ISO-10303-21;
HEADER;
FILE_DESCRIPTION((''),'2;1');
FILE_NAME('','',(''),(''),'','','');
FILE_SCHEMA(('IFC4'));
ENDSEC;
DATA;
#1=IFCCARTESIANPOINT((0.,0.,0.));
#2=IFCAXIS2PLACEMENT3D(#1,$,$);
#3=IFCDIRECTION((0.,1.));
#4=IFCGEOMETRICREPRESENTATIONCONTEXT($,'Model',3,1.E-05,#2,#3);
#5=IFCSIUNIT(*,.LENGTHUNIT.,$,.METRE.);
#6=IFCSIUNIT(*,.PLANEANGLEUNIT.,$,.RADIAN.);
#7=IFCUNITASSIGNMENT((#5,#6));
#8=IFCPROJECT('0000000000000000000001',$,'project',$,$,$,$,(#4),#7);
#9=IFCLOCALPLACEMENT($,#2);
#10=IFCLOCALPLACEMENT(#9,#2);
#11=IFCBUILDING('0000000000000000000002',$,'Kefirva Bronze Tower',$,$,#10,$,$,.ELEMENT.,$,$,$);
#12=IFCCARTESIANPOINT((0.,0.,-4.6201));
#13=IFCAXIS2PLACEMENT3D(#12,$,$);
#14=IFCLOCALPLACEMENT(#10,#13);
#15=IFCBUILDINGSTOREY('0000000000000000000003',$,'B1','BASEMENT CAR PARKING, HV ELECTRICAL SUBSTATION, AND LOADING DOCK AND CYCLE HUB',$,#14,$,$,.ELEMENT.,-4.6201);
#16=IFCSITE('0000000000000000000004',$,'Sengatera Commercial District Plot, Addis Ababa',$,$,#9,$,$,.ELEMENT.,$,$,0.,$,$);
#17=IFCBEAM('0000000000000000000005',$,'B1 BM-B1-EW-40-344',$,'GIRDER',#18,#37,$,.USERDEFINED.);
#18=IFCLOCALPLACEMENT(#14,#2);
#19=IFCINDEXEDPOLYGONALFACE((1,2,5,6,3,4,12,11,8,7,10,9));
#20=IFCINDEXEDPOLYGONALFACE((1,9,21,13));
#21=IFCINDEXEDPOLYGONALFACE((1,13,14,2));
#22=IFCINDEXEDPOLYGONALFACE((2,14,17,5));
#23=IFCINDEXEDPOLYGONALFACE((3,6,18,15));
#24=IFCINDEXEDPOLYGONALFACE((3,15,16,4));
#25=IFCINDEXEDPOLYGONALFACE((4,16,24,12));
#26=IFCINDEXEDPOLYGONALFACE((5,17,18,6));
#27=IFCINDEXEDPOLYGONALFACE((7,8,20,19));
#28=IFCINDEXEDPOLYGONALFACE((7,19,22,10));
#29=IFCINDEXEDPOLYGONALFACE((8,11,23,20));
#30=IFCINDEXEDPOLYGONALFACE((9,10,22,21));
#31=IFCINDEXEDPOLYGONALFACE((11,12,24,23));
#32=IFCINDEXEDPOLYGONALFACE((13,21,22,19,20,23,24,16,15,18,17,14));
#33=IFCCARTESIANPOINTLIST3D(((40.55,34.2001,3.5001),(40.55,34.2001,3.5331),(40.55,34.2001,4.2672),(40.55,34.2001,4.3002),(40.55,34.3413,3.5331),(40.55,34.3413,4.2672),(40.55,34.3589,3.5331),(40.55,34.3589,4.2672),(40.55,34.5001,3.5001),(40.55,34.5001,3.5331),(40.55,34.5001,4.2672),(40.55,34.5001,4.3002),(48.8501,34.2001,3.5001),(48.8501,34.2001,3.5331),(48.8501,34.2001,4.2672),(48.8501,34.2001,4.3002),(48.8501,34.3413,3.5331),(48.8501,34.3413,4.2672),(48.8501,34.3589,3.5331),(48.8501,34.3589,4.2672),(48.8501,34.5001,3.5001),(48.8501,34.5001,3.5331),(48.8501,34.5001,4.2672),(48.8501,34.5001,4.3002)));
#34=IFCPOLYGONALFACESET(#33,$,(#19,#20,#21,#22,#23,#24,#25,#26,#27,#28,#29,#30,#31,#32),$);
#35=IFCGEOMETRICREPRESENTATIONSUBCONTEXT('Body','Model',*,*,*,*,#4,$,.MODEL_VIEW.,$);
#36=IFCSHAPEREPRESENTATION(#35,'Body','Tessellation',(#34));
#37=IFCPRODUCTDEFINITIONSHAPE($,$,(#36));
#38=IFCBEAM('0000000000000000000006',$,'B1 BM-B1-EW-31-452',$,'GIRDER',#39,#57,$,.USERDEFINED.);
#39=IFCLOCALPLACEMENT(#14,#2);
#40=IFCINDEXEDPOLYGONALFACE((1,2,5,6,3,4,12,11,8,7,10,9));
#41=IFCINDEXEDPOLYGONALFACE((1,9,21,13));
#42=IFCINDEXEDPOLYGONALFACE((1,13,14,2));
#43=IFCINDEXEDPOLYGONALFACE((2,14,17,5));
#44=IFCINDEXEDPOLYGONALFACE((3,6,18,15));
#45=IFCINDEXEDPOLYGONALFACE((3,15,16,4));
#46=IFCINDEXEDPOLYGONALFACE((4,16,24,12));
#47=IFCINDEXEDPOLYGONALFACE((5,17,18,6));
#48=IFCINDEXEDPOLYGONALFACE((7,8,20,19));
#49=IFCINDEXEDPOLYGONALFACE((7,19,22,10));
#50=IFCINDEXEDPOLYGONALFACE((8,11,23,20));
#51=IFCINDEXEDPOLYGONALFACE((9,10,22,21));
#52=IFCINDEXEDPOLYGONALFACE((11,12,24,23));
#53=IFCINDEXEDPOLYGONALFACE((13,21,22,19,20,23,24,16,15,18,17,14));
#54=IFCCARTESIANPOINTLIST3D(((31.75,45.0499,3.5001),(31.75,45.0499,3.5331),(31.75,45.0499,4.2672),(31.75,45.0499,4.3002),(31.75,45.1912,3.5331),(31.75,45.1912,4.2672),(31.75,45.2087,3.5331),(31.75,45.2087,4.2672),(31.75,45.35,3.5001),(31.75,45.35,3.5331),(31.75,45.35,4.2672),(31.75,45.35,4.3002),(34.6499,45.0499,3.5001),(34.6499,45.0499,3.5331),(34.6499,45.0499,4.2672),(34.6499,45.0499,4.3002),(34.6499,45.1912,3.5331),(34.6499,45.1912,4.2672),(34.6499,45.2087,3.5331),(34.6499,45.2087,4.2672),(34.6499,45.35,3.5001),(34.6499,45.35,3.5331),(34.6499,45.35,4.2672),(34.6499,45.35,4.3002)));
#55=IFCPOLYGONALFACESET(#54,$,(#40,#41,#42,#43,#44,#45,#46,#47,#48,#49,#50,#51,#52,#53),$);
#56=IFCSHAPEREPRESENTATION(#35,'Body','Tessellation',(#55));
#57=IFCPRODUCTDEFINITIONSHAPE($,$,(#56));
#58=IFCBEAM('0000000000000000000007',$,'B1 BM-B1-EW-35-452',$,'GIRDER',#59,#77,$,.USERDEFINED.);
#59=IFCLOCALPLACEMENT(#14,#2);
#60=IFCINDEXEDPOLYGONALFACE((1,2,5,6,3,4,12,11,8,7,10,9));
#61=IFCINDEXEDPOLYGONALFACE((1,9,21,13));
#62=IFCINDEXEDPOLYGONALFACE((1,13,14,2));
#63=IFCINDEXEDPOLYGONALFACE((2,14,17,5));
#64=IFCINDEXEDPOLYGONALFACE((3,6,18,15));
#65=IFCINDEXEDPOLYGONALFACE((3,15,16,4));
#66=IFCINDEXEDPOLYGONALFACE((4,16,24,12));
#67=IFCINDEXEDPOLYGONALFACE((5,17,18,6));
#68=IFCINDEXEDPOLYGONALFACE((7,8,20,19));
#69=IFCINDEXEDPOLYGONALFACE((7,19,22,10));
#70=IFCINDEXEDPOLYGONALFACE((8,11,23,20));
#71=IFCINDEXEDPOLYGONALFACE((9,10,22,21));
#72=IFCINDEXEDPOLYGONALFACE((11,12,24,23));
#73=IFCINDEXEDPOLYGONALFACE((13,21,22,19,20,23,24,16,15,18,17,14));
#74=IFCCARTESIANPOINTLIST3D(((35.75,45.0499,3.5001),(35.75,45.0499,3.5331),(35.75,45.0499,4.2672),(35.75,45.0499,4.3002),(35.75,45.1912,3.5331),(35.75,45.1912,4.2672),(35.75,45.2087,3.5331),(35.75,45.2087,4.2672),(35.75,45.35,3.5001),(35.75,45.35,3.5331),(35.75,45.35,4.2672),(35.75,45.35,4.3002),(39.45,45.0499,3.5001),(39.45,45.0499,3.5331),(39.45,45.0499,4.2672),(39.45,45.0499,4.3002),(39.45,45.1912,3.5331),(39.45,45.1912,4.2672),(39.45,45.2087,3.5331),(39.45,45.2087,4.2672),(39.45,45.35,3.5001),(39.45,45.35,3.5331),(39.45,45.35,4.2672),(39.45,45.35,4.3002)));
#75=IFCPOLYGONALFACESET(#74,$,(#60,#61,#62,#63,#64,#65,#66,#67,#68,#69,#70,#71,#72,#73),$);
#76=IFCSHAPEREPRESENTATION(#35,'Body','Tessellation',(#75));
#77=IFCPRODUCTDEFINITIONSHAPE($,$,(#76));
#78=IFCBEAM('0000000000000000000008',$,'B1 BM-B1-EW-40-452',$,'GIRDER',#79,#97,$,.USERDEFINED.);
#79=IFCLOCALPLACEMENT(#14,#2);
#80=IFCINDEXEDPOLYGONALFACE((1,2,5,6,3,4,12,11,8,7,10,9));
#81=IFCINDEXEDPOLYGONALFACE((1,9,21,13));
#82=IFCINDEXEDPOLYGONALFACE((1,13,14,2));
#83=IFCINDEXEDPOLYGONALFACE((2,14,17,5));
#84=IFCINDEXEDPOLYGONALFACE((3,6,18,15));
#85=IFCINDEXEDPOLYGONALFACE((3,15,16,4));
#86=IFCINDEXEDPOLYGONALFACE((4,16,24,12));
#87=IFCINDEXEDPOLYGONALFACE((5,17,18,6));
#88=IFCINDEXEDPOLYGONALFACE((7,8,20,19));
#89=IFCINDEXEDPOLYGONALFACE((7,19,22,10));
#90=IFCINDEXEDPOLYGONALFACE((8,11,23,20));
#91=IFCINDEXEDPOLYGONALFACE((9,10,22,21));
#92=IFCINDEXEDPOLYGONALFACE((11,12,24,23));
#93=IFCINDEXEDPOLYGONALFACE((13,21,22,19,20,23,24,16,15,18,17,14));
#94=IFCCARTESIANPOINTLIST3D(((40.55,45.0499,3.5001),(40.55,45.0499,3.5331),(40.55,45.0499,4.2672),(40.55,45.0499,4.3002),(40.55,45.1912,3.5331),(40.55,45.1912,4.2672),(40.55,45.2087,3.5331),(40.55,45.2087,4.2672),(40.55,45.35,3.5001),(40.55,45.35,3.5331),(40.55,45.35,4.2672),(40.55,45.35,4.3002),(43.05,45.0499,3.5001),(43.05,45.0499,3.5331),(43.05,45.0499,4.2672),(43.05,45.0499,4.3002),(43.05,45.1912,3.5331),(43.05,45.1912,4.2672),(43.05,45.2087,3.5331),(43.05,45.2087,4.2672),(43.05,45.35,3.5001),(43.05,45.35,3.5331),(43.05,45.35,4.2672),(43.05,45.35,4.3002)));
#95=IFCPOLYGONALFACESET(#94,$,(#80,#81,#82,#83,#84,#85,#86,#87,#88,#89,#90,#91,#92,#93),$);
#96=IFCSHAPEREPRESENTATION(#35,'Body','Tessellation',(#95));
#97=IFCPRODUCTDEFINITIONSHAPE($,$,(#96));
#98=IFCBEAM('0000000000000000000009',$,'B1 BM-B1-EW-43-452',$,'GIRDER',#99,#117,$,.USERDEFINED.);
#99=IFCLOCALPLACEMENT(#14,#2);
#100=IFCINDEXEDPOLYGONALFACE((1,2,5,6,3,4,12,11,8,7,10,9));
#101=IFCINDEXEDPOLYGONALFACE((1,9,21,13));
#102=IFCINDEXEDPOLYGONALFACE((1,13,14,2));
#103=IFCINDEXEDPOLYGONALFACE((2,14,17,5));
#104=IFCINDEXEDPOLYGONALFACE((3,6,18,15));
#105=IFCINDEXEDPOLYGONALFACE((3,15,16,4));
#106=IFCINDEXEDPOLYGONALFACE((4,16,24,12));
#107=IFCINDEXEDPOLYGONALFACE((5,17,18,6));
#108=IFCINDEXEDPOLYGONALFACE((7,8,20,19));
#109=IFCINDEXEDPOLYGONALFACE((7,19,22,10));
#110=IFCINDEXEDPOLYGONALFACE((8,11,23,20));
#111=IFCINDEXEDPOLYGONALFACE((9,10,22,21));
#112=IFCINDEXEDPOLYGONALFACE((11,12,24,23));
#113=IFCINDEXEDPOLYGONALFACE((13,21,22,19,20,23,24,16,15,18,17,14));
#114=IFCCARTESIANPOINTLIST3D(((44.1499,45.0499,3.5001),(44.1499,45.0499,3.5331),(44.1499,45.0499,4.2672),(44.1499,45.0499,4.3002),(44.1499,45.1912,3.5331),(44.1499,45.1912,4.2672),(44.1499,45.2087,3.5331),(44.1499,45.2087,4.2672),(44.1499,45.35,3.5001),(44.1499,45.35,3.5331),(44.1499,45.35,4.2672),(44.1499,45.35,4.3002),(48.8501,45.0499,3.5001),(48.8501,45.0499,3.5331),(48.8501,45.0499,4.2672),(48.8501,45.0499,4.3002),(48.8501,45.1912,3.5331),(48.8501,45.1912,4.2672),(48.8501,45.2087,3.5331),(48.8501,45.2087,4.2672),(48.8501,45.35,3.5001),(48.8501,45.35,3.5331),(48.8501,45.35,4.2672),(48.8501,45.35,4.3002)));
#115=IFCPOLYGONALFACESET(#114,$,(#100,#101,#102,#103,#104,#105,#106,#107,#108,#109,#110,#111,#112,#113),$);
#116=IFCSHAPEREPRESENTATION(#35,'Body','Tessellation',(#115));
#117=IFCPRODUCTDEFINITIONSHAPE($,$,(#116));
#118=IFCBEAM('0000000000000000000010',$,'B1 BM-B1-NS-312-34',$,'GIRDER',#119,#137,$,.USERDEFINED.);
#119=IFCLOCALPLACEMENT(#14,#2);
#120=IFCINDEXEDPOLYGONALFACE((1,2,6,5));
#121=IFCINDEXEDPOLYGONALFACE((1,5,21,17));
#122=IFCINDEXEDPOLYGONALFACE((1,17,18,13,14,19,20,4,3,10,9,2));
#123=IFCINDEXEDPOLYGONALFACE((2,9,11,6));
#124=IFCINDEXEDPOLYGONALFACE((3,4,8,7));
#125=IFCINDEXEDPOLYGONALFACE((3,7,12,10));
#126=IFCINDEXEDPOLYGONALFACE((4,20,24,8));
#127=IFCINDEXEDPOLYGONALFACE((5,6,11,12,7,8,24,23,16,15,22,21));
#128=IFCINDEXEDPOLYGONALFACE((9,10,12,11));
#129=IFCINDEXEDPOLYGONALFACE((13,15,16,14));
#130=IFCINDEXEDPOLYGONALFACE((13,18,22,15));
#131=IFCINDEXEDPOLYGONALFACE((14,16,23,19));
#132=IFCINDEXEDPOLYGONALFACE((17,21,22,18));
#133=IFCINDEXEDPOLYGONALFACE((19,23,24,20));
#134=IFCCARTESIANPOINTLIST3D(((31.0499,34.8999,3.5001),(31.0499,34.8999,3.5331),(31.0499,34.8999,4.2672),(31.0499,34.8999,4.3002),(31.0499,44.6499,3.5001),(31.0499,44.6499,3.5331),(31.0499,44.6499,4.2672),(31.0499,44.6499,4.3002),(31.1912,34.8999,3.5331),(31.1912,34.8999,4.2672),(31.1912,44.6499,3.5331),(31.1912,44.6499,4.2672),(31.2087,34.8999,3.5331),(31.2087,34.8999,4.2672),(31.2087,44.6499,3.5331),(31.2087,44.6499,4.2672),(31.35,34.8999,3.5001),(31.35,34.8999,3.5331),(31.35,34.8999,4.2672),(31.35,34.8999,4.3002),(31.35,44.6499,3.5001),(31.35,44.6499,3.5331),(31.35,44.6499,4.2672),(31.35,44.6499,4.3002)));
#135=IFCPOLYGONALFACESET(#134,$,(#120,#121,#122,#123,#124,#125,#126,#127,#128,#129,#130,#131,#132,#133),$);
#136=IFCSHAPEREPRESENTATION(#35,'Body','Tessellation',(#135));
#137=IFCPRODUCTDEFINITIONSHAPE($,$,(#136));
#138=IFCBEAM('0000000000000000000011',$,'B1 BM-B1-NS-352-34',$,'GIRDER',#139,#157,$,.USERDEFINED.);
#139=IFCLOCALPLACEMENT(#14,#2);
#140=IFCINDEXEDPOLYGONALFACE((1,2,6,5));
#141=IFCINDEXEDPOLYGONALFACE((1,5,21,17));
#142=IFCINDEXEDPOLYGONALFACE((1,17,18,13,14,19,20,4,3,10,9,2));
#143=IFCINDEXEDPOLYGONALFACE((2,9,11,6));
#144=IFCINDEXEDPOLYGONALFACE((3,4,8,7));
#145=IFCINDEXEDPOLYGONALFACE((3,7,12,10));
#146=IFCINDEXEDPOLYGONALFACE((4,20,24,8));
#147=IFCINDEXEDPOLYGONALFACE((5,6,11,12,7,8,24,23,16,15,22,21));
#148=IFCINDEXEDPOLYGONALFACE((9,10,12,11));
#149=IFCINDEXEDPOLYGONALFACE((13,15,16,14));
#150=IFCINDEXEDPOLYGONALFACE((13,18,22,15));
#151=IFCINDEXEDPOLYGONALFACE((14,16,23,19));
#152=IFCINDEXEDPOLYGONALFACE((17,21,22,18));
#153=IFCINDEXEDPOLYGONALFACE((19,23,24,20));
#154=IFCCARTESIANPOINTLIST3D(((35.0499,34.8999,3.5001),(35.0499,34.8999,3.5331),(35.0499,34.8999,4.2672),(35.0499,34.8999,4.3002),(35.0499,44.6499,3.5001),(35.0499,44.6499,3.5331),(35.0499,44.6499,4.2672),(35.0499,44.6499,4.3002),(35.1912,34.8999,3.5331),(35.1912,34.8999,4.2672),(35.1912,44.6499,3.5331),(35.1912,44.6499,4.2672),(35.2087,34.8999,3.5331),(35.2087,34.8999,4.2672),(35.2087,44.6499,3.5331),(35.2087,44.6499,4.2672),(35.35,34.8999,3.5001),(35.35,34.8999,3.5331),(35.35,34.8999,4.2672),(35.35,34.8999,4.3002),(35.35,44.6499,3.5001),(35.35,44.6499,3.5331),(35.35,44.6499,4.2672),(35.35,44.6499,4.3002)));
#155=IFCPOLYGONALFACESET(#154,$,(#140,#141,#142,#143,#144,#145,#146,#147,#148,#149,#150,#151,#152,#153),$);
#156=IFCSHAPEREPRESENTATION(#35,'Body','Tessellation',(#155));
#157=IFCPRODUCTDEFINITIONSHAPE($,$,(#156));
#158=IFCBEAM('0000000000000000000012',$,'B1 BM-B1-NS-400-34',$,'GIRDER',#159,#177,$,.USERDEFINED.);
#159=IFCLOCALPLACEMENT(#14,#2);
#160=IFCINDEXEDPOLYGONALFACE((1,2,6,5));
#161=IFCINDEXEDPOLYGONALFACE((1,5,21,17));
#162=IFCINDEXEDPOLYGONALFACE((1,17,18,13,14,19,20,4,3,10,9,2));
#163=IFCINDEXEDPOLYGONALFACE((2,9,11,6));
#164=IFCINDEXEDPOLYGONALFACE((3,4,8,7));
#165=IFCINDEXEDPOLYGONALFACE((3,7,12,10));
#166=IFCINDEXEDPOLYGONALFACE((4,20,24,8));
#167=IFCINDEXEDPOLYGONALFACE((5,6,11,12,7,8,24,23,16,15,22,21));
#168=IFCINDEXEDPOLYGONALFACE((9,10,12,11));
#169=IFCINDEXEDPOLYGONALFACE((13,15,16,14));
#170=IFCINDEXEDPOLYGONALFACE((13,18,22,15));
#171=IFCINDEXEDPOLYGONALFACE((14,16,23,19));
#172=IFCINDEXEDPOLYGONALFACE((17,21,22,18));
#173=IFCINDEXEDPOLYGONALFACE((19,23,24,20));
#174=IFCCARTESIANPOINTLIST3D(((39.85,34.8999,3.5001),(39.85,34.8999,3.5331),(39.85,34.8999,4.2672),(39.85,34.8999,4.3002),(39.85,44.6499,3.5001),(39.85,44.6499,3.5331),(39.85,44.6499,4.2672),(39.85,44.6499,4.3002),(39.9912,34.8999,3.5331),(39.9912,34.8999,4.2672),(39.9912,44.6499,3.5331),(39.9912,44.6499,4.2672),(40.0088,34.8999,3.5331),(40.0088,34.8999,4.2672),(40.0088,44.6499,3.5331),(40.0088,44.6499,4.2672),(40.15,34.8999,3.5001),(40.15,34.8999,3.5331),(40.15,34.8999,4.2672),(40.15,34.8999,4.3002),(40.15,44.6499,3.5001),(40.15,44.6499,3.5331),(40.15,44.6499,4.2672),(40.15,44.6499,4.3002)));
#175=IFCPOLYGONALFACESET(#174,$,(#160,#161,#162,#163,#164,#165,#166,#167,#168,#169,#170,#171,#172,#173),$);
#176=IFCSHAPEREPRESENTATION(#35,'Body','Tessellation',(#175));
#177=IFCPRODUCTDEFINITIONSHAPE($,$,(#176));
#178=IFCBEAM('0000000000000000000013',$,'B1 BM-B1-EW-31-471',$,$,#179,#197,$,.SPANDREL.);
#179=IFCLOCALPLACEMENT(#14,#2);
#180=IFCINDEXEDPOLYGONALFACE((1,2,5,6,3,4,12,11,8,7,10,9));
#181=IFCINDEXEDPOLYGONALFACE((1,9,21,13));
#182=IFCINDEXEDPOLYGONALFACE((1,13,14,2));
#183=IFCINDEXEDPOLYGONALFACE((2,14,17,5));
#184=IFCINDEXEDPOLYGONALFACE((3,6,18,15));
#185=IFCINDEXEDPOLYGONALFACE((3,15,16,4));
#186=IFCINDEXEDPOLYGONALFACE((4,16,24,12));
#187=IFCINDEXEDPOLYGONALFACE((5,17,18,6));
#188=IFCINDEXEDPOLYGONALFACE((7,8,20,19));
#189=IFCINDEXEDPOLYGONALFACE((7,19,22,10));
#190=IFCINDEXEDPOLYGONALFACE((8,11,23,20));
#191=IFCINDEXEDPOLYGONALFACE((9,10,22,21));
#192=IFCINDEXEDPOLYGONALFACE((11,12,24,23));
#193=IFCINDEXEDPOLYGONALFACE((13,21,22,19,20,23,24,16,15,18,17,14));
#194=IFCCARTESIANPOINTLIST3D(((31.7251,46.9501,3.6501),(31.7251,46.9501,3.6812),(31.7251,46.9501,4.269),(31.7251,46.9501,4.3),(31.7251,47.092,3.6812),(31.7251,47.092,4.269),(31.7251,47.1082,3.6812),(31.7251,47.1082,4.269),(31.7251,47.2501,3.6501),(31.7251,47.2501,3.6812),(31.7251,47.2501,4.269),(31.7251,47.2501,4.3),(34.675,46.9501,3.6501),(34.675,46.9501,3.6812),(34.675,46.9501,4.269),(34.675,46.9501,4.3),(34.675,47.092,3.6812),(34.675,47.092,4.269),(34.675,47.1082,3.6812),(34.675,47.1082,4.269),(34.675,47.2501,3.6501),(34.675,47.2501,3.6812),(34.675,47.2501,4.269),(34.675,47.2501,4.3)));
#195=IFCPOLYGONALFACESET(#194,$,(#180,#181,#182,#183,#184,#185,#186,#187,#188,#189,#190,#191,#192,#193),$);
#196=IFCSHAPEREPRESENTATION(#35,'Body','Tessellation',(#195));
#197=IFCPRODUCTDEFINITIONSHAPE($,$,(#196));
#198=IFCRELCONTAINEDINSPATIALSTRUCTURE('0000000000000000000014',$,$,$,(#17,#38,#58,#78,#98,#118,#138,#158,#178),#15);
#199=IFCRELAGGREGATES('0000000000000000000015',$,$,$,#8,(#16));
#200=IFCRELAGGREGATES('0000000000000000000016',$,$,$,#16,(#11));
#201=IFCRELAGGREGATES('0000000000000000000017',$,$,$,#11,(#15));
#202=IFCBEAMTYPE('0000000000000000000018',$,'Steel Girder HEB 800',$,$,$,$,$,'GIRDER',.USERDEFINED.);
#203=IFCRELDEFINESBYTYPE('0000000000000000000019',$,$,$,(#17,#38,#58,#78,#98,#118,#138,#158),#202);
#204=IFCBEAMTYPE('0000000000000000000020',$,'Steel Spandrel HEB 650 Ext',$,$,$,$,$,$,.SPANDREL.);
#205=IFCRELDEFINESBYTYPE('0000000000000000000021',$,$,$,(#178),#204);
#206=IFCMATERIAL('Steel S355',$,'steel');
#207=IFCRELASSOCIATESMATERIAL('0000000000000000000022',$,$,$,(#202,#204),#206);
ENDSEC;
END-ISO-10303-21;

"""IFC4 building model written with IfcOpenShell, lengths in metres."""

from ifc_helpers import new_model, si_unit, direction, frame, origin, origin_2d, place, context, subcontext, project, spatial, i_section, extrude, material, material_profile, profile_set, type_object, element, save


model = new_model("IFC4")

# Units and contexts
model_context = context("Model", 3, precision=1e-05, world=origin(), true_north=direction((0.0, 1.0)))
body_context = subcontext(model_context, "Body", "Model", "MODEL_VIEW")
ifc_project = project(units=[si_unit("LENGTHUNIT", "METRE"), si_unit("PLANEANGLEUNIT", "RADIAN")], contexts=[model_context])

# Site, building, storey
site_placement = place(None, origin())
site = spatial("IfcSite", under=ifc_project, at=site_placement, Name="Sengatera Commercial District Plot, Addis Ababa", CompositionType="ELEMENT", RefElevation=0.0)
building_placement = place(site_placement, origin())
building = spatial("IfcBuilding", under=site, at=building_placement, Name="Kefirva Bronze Tower", CompositionType="ELEMENT")
storey_placement = place(building_placement, frame((0.0, 0.0, -4.6201)))
storey = spatial("IfcBuildingStorey", under=building, at=storey_placement, Name="B1", Description="BASEMENT CAR PARKING, HV ELECTRICAL SUBSTATION, AND LOADING DOCK AND CYCLE HUB", CompositionType="ELEMENT", Elevation=-4.6201)

# Beams
ifc_material_1 = material(Name="Steel S355", Category="steel")
ifc_material_profile_1 = material_profile(ifc_material_1, i_section(OverallWidth=0.3, OverallDepth=0.8, WebThickness=0.0176, FlangeThickness=0.033, at=origin_2d()), Name="HEB 800")
ifc_profile_set_1 = profile_set([ifc_material_profile_1], Name="Steel S355")
beam_type_1 = type_object("IfcBeamType", Name="Steel Girder HEB 800", ElementType="GIRDER", PredefinedType="USERDEFINED", material=ifc_profile_set_1)
beam_1_placement = place(storey_placement, frame((40.55, 34.3501, 3.9001), z_axis=(1.0, 0.0, 0.0), x_axis=(0.0, 1.0, 0.0)))
element("IfcBeam", 1, at=beam_1_placement, inside=storey, type_object=beam_type_1, Name="B1 BM-B1-EW-40-344", ObjectType="GIRDER", PredefinedType="USERDEFINED", context=body_context, shape_type="SweptSolid", body=[
    extrude(i_section(OverallWidth=0.3, OverallDepth=0.8, WebThickness=0.0176, FlangeThickness=0.033, at=origin_2d()), origin(), (0.0, 0.0, 1.0), 8.3),
])
beam_2_placement = place(storey_placement, frame((31.75, 45.2, 3.9001), z_axis=(1.0, 0.0, 0.0), x_axis=(0.0, 1.0, 0.0)))
element("IfcBeam", 2, at=beam_2_placement, inside=storey, type_object=beam_type_1, Name="B1 BM-B1-EW-31-452", ObjectType="GIRDER", PredefinedType="USERDEFINED", context=body_context, shape_type="SweptSolid", body=[
    extrude(i_section(OverallWidth=0.3, OverallDepth=0.8, WebThickness=0.0176, FlangeThickness=0.033, at=origin_2d()), origin(), (0.0, 0.0, 1.0), 2.8999),
])
beam_3_placement = place(storey_placement, frame((35.75, 45.2, 3.9001), z_axis=(1.0, 0.0, 0.0), x_axis=(0.0, 1.0, 0.0)))
element("IfcBeam", 3, at=beam_3_placement, inside=storey, type_object=beam_type_1, Name="B1 BM-B1-EW-35-452", ObjectType="GIRDER", PredefinedType="USERDEFINED", context=body_context, shape_type="SweptSolid", body=[
    extrude(i_section(OverallWidth=0.3, OverallDepth=0.8, WebThickness=0.0176, FlangeThickness=0.033, at=origin_2d()), origin(), (0.0, 0.0, 1.0), 3.7),
])
beam_4_placement = place(storey_placement, frame((40.55, 45.2, 3.9001), z_axis=(1.0, 0.0, 0.0), x_axis=(0.0, 1.0, 0.0)))
element("IfcBeam", 4, at=beam_4_placement, inside=storey, type_object=beam_type_1, Name="B1 BM-B1-EW-40-452", ObjectType="GIRDER", PredefinedType="USERDEFINED", context=body_context, shape_type="SweptSolid", body=[
    extrude(i_section(OverallWidth=0.3, OverallDepth=0.8, WebThickness=0.0176, FlangeThickness=0.033, at=origin_2d()), origin(), (0.0, 0.0, 1.0), 2.5),
])
beam_5_placement = place(storey_placement, frame((44.1499, 45.2, 3.9001), z_axis=(1.0, 0.0, 0.0), x_axis=(0.0, 1.0, 0.0)))
element("IfcBeam", 5, at=beam_5_placement, inside=storey, type_object=beam_type_1, Name="B1 BM-B1-EW-43-452", ObjectType="GIRDER", PredefinedType="USERDEFINED", context=body_context, shape_type="SweptSolid", body=[
    extrude(i_section(OverallWidth=0.3, OverallDepth=0.8, WebThickness=0.0176, FlangeThickness=0.033, at=origin_2d()), origin(), (0.0, 0.0, 1.0), 4.7002),
])
for number, where, z_axis, x_axis, name in (
    (6, (31.2, 34.8999, 3.9001), (0.0, 1.0, 0.0), (-1.0, 0.0, 0.0), "B1 BM-B1-NS-312-34"),
    (7, (35.2, 34.8999, 3.9001), (0.0, 1.0, 0.0), (-1.0, 0.0, 0.0), "B1 BM-B1-NS-352-34"),
    (8, (40.0, 34.8999, 3.9001), (0.0, 1.0, 0.0), (-1.0, 0.0, 0.0), "B1 BM-B1-NS-400-34"),
):
    element("IfcBeam", number, at=place(storey_placement, frame(where, z_axis=z_axis, x_axis=x_axis)), inside=storey, type_object=beam_type_1, Name=name, ObjectType="GIRDER", PredefinedType="USERDEFINED", context=body_context, shape_type="SweptSolid", body=[
        extrude(i_section(OverallWidth=0.3, OverallDepth=0.8, WebThickness=0.0176, FlangeThickness=0.033, at=origin_2d()), origin(), (0.0, 0.0, 1.0), 9.75),
    ])
ifc_material_profile_2 = material_profile(ifc_material_1, i_section(OverallWidth=0.3, OverallDepth=0.6499, WebThickness=0.0161, FlangeThickness=0.031, at=origin_2d()), Name="HEB 650")
ifc_profile_set_2 = profile_set([ifc_material_profile_2], Name="Steel S355")
beam_type_2 = type_object("IfcBeamType", Name="Steel Spandrel HEB 650 Ext", PredefinedType="SPANDREL", material=ifc_profile_set_2)
beam_6_placement = place(storey_placement, frame((31.7251, 47.1001, 3.9751), z_axis=(1.0, 0.0, 0.0), x_axis=(0.0, 1.0, 0.0)))
element("IfcBeam", 9, at=beam_6_placement, inside=storey, type_object=beam_type_2, Name="B1 BM-B1-EW-31-471", PredefinedType="SPANDREL", context=body_context, shape_type="SweptSolid", body=[
    extrude(i_section(OverallWidth=0.3, OverallDepth=0.6499, WebThickness=0.0161, FlangeThickness=0.031, at=origin_2d()), origin(), (0.0, 0.0, 1.0), 2.95),
])

save(model, "model.ifc")
